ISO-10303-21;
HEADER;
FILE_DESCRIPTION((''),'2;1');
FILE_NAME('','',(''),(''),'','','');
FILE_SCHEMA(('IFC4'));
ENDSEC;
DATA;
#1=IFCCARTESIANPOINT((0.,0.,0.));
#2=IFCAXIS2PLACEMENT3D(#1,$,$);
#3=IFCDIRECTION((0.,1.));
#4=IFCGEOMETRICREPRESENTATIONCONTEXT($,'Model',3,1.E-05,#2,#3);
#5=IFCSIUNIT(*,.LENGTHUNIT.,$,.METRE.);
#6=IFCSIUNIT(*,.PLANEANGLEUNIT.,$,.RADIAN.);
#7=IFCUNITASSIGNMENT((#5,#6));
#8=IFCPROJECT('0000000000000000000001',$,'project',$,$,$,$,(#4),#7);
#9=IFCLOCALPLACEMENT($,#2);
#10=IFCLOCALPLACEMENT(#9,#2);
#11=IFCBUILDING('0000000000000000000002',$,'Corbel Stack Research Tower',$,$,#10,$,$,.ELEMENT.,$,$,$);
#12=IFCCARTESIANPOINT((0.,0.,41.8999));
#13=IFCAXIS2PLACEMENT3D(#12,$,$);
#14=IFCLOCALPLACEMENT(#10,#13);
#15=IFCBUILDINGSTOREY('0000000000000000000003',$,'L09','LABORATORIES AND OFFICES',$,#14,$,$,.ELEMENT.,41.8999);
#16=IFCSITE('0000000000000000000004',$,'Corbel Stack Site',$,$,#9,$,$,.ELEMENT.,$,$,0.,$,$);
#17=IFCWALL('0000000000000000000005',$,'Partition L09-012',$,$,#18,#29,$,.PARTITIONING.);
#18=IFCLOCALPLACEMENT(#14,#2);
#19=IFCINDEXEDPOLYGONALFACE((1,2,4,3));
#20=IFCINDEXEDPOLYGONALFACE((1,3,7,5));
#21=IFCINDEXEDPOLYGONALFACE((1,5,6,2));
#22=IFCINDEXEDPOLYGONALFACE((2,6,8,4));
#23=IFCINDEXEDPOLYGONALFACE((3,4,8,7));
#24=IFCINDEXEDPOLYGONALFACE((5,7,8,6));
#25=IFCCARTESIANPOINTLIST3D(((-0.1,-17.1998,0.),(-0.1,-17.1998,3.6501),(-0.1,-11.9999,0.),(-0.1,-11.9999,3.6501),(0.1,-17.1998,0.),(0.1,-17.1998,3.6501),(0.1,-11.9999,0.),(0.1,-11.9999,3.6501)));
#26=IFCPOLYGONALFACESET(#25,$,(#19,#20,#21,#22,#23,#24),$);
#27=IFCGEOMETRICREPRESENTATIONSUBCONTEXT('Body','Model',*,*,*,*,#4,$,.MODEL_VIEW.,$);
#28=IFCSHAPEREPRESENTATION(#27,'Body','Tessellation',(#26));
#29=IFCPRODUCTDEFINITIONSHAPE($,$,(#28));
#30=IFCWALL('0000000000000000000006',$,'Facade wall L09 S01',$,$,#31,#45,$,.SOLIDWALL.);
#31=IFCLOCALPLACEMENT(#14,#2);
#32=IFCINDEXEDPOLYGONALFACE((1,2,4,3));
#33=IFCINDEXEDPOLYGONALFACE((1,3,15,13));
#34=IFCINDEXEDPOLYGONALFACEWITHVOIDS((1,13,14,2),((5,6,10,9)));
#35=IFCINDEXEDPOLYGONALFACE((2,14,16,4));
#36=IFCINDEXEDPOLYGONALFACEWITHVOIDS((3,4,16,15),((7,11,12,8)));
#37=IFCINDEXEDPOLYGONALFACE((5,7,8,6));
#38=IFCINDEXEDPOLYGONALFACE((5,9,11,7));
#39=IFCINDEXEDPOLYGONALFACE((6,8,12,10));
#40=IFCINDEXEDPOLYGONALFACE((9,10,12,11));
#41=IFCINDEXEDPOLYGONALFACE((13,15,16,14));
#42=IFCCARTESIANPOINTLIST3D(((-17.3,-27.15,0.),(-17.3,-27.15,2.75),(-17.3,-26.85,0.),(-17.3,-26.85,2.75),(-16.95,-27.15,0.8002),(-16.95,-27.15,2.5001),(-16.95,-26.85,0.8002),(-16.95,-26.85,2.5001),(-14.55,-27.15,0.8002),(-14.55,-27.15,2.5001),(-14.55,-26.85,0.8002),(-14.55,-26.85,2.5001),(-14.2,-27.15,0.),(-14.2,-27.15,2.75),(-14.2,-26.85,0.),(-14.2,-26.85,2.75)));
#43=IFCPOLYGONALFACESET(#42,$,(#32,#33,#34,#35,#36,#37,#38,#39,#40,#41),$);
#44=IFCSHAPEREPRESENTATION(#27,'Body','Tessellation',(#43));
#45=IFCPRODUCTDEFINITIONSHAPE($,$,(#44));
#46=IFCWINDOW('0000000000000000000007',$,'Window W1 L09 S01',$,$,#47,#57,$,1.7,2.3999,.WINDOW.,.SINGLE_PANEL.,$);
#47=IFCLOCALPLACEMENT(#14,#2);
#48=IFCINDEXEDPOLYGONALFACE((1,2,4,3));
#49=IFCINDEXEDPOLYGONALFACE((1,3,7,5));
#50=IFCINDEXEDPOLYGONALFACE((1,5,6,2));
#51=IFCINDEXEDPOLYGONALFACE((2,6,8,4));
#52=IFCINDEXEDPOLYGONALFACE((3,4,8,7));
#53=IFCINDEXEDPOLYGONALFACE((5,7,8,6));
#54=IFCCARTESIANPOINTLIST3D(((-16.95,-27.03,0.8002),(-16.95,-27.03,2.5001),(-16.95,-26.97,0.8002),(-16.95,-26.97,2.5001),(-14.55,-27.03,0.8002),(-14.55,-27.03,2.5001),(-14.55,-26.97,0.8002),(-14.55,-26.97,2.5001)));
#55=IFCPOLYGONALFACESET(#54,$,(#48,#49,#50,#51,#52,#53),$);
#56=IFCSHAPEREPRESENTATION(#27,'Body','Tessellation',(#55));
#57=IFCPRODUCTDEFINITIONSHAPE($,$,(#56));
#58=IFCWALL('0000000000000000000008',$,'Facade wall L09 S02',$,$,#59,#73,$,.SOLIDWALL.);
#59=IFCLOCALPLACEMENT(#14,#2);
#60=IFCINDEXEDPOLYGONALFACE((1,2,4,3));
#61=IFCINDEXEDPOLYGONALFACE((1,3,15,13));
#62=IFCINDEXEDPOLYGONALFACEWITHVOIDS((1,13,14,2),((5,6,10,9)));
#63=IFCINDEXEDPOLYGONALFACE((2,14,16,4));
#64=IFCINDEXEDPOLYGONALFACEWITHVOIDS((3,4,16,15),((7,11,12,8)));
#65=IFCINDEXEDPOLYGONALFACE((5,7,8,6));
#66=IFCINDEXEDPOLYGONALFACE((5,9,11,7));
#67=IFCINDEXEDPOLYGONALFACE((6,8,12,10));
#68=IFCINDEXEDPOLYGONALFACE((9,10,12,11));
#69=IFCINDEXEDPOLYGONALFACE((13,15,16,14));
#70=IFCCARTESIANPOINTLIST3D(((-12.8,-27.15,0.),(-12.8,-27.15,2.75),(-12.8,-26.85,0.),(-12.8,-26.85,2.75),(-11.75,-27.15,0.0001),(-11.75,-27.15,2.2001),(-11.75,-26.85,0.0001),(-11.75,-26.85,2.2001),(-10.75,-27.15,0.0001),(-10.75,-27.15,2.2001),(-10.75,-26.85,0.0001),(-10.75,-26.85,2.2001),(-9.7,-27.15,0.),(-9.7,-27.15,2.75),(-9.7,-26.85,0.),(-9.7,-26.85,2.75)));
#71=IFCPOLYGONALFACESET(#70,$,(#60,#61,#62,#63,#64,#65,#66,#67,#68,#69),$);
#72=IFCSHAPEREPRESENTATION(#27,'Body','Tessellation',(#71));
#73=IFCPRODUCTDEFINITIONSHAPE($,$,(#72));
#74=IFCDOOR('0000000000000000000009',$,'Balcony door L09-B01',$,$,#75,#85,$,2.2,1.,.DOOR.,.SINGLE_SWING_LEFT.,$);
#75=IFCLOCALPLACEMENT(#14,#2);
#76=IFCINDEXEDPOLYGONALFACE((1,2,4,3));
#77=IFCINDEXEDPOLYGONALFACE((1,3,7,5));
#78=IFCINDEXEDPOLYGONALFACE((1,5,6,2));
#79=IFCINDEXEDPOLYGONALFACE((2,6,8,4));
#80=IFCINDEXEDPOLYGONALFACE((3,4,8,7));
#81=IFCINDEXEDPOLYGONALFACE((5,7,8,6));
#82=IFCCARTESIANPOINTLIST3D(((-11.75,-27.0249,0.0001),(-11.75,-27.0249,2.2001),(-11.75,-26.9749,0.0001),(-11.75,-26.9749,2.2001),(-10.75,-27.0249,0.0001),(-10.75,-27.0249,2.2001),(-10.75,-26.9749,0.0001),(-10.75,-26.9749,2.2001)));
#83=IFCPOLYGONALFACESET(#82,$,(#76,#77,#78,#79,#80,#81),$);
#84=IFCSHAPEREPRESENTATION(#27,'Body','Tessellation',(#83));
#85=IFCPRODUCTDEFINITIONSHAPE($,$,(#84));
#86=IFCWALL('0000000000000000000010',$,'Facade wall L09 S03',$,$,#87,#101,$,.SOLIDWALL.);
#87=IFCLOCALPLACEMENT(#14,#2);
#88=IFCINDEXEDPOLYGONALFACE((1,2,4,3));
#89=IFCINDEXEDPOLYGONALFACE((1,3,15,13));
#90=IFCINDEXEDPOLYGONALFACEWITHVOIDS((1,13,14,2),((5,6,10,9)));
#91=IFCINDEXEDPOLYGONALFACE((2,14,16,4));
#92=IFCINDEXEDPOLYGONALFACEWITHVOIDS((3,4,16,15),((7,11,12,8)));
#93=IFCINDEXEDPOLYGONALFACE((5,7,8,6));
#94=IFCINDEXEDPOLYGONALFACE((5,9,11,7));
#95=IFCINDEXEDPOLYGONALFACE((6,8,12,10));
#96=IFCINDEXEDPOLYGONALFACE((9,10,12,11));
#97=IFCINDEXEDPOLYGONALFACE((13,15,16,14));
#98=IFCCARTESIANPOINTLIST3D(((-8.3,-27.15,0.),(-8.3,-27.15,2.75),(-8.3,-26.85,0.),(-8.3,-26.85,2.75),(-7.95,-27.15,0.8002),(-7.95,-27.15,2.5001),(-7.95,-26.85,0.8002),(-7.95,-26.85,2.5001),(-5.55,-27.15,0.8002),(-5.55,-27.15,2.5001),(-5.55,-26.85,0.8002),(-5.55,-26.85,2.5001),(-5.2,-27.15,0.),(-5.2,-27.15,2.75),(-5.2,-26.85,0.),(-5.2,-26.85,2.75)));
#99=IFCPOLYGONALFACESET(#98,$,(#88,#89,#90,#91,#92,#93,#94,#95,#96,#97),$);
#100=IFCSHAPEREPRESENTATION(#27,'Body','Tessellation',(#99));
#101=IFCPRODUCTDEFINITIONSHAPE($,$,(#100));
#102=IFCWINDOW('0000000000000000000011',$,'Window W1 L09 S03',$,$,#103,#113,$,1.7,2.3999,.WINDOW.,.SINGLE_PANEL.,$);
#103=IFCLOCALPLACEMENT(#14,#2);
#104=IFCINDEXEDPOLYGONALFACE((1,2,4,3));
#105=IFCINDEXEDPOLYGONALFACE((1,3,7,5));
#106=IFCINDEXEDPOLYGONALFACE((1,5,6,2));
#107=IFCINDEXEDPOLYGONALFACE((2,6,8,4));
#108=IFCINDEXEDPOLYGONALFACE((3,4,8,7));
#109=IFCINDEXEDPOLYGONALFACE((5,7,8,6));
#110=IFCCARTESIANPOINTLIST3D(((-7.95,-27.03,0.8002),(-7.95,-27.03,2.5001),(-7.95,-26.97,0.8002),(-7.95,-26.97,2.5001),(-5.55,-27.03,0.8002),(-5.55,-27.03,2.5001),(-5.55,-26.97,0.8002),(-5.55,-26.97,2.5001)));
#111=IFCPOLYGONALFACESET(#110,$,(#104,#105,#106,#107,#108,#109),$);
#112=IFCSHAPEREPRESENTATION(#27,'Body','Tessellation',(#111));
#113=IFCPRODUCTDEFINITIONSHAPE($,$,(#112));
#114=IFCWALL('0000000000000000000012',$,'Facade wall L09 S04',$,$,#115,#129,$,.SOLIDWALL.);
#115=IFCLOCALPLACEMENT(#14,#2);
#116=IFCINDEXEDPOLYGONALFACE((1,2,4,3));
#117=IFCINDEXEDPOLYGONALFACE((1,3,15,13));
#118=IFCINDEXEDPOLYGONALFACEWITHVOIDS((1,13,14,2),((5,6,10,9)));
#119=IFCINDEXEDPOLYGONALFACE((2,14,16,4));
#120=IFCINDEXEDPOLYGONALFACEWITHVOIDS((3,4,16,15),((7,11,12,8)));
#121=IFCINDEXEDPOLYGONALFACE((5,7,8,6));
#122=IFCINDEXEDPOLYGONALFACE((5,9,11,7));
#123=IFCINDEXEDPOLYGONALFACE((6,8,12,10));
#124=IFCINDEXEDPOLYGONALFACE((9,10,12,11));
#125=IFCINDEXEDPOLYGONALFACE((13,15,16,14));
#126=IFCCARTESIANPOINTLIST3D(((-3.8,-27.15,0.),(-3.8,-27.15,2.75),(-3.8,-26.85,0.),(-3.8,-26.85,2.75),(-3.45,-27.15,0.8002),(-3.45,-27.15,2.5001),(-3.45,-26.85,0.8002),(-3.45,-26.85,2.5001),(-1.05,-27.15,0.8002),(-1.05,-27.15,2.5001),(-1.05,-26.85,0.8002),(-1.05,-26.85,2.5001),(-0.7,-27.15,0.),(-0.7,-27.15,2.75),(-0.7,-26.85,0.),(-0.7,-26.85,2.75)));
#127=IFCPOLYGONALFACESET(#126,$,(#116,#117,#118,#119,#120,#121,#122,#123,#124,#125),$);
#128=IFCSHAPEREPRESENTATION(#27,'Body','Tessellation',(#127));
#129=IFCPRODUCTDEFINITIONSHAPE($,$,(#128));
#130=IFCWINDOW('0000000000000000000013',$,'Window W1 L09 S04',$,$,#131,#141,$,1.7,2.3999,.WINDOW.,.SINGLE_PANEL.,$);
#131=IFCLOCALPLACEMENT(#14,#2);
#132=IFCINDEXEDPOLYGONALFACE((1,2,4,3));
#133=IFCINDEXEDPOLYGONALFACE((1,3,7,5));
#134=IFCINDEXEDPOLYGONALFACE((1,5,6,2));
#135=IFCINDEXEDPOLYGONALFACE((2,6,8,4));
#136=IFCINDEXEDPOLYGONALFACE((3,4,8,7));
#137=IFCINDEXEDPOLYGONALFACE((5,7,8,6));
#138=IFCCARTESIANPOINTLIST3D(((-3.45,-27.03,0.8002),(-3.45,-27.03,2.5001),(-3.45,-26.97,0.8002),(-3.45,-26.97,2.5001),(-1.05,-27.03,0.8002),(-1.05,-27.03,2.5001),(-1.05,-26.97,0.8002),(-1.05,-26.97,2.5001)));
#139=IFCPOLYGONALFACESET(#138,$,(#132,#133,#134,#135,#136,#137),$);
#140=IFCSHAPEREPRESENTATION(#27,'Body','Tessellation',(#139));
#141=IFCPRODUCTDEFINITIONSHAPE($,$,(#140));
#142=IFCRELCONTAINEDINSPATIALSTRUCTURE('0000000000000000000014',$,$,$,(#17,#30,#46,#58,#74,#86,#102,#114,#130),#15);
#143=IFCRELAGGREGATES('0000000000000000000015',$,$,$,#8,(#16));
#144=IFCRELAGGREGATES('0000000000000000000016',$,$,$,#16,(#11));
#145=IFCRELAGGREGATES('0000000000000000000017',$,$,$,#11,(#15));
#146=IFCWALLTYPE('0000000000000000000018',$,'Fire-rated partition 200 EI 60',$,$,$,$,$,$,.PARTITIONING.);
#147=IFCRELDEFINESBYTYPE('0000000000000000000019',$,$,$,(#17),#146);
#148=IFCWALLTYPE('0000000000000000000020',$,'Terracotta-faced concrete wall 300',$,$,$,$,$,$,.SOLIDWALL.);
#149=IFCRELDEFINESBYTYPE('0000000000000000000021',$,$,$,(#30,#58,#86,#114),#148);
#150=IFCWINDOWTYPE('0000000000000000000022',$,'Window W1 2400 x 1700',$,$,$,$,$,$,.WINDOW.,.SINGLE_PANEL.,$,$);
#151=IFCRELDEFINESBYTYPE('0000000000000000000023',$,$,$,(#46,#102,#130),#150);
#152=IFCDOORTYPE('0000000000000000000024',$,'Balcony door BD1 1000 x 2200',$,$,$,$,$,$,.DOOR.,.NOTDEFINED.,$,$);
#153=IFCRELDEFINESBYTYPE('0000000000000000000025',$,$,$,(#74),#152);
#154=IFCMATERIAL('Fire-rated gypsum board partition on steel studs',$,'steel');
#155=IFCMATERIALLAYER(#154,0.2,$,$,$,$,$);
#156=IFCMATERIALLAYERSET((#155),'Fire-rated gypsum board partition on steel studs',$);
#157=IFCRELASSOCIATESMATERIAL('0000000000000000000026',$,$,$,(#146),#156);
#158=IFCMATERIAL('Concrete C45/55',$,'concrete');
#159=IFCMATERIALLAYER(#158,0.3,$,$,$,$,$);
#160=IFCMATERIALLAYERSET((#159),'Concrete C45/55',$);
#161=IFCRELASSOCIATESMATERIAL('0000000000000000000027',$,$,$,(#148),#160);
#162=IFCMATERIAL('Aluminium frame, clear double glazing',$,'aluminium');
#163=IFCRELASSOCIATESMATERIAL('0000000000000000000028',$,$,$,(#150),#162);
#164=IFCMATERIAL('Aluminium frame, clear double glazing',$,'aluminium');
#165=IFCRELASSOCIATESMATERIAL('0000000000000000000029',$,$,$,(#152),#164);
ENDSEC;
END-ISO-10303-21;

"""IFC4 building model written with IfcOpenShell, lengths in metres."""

from ifc_helpers import new_model, si_unit, direction, frame, frame_2d, origin, place, context, subcontext, project, spatial, rectangle, extrude, material, layer, layer_set, type_object, element, fill, save


model = new_model("IFC4")

# Units and contexts
model_context = context("Model", 3, precision=1e-05, world=origin(), true_north=direction((0.0, 1.0)))
body_context = subcontext(model_context, "Body", "Model", "MODEL_VIEW")
ifc_project = project(units=[si_unit("LENGTHUNIT", "METRE"), si_unit("PLANEANGLEUNIT", "RADIAN")], contexts=[model_context])

# Site, building, storey
site_placement = place(None, origin())
site = spatial("IfcSite", under=ifc_project, at=site_placement, Name="Corbel Stack Site", CompositionType="ELEMENT", RefElevation=0.0)
building_placement = place(site_placement, origin())
building = spatial("IfcBuilding", under=site, at=building_placement, Name="Corbel Stack Research Tower", CompositionType="ELEMENT")
storey_placement = place(building_placement, frame((0.0, 0.0, 41.8999)))
storey = spatial("IfcBuildingStorey", under=building, at=storey_placement, Name="L09", Description="LABORATORIES AND OFFICES", CompositionType="ELEMENT", Elevation=41.8999)

# Wall
ifc_material_1 = material(Name="Fire-rated gypsum board partition on steel studs", Category="steel")
ifc_layer_1 = layer(ifc_material_1, 0.2)
ifc_layer_set_1 = layer_set([ifc_layer_1], Name="Fire-rated gypsum board partition on steel studs")
wall_type_1 = type_object("IfcWallType", Name="Fire-rated partition 200 EI 60", PredefinedType="PARTITIONING", material=ifc_layer_set_1)
wall_1_placement = place(storey_placement, frame((0.0, -17.2, 0.0), z_axis=(0.0, 0.0, 1.0), x_axis=(0.0, 1.0, 0.0)))
element("IfcWall", 1, at=wall_1_placement, inside=storey, type_object=wall_type_1, Name="Partition L09-012", PredefinedType="PARTITIONING", context=body_context, shape_type="SweptSolid", body=[
    extrude(rectangle(XDim=5.2, YDim=0.2, at=frame_2d((2.6001, 0.0))), origin(), (0.0, 0.0, 1.0), 3.6501),
])

# Wall, opening, window
ifc_material_2 = material(Name="Concrete C45/55", Category="concrete")
ifc_layer_2 = layer(ifc_material_2, 0.3)
ifc_layer_set_2 = layer_set([ifc_layer_2], Name="Concrete C45/55")
wall_type_2 = type_object("IfcWallType", Name="Terracotta-faced concrete wall 300", PredefinedType="SOLIDWALL", material=ifc_layer_set_2)
wall_2_placement = place(storey_placement, frame((-14.2, -27.0, 0.0), z_axis=(0.0, 0.0, 1.0), x_axis=(-1.0, 0.0, 0.0)))
wall_2 = element("IfcWall", 2, at=wall_2_placement, inside=storey, type_object=wall_type_2, Name="Facade wall L09 S01", PredefinedType="SOLIDWALL", context=body_context, shape_type="SweptSolid", body=[
    extrude(rectangle(XDim=3.1001, YDim=0.3, at=frame_2d((1.55, 0.0))), origin(), (0.0, 0.0, 1.0), 2.75),
])
opening_1_placement = place(wall_2_placement, frame((0.3501, 0.0, 0.8)))
opening_1 = element("IfcOpeningElement", 3, at=opening_1_placement, cuts=wall_2, PredefinedType="OPENING", context=body_context, shape_type="SweptSolid", body=[
    extrude(rectangle(XDim=2.3999, YDim=1.7, at=frame_2d((1.2, 0.8501))), frame((0.0, 0.1599, 0.0), z_axis=(0.0, -1.0, 0.0), x_axis=(1.0, 0.0, 0.0)), (0.0, 0.0, 1.0), 0.3201),
])
ifc_material_3 = material(Name="Aluminium frame, clear double glazing", Category="aluminium")
window_type = type_object("IfcWindowType", Name="Window W1 2400 x 1700", PartitioningType="SINGLE_PANEL", PredefinedType="WINDOW", material=ifc_material_3)
window_1_placement = place(opening_1_placement, origin())
window_1 = element("IfcWindow", 4, at=window_1_placement, inside=storey, type_object=window_type, Name="Window W1 L09 S01", OverallHeight=1.7, OverallWidth=2.3999, PartitioningType="SINGLE_PANEL", PredefinedType="WINDOW", context=body_context, shape_type="SweptSolid", body=[
    extrude(rectangle(XDim=2.3999, YDim=1.7, at=frame_2d((1.2, 0.8501))), frame((0.0, 0.03, 0.0), z_axis=(0.0, -1.0, 0.0), x_axis=(1.0, 0.0, 0.0)), (0.0, 0.0, 1.0), 0.0601),
])
fill(opening_1, window_1)

# Wall, opening, door
wall_3_placement = place(storey_placement, frame((-9.7, -27.0, 0.0), z_axis=(0.0, 0.0, 1.0), x_axis=(-1.0, 0.0, 0.0)))
wall_3 = element("IfcWall", 5, at=wall_3_placement, inside=storey, type_object=wall_type_2, Name="Facade wall L09 S02", PredefinedType="SOLIDWALL", context=body_context, shape_type="SweptSolid", body=[
    extrude(rectangle(XDim=3.1001, YDim=0.3, at=frame_2d((1.55, 0.0))), origin(), (0.0, 0.0, 1.0), 2.75),
])
opening_2_placement = place(wall_3_placement, frame((1.05, 0.0, 0.0)))
opening_2 = element("IfcOpeningElement", 6, at=opening_2_placement, cuts=wall_3, PredefinedType="OPENING", context=body_context, shape_type="SweptSolid", body=[
    extrude(rectangle(XDim=1.0, YDim=2.2, at=frame_2d((0.5, 1.1001))), frame((0.0, 0.1599, 0.0), z_axis=(0.0, -1.0, 0.0), x_axis=(1.0, 0.0, 0.0)), (0.0, 0.0, 1.0), 0.3201),
])
ifc_material_4 = material(Name="Aluminium frame, clear double glazing", Category="aluminium")
door_type = type_object("IfcDoorType", Name="Balcony door BD1 1000 x 2200", OperationType="NOTDEFINED", PredefinedType="DOOR", material=ifc_material_4)
door_placement = place(opening_2_placement, origin())
door = element("IfcDoor", 7, at=door_placement, inside=storey, type_object=door_type, Name="Balcony door L09-B01", OperationType="SINGLE_SWING_LEFT", OverallHeight=2.2, OverallWidth=1.0, PredefinedType="DOOR", context=body_context, shape_type="SweptSolid", body=[
    extrude(rectangle(XDim=1.0, YDim=2.2, at=frame_2d((0.5, 1.1001))), frame((0.0, 0.0249, 0.0), z_axis=(0.0, -1.0, 0.0), x_axis=(1.0, 0.0, 0.0)), (0.0, 0.0, 1.0), 0.05),
])
fill(opening_2, door)

# Walls, openings, windows
wall_4_placement = place(storey_placement, frame((-5.2, -27.0, 0.0), z_axis=(0.0, 0.0, 1.0), x_axis=(-1.0, 0.0, 0.0)))
wall_4 = element("IfcWall", 8, at=wall_4_placement, inside=storey, type_object=wall_type_2, Name="Facade wall L09 S03", PredefinedType="SOLIDWALL", context=body_context, shape_type="SweptSolid", body=[
    extrude(rectangle(XDim=3.1001, YDim=0.3, at=frame_2d((1.55, 0.0))), origin(), (0.0, 0.0, 1.0), 2.75),
])
opening_3_placement = place(wall_4_placement, frame((0.3501, 0.0, 0.8)))
opening_3 = element("IfcOpeningElement", 9, at=opening_3_placement, cuts=wall_4, PredefinedType="OPENING", context=body_context, shape_type="SweptSolid", body=[
    extrude(rectangle(XDim=2.3999, YDim=1.7, at=frame_2d((1.2, 0.8501))), frame((0.0, 0.1599, 0.0), z_axis=(0.0, -1.0, 0.0), x_axis=(1.0, 0.0, 0.0)), (0.0, 0.0, 1.0), 0.3201),
])
window_2_placement = place(opening_3_placement, origin())
window_2 = element("IfcWindow", 10, at=window_2_placement, inside=storey, type_object=window_type, Name="Window W1 L09 S03", OverallHeight=1.7, OverallWidth=2.3999, PartitioningType="SINGLE_PANEL", PredefinedType="WINDOW", context=body_context, shape_type="SweptSolid", body=[
    extrude(rectangle(XDim=2.3999, YDim=1.7, at=frame_2d((1.2, 0.8501))), frame((0.0, 0.03, 0.0), z_axis=(0.0, -1.0, 0.0), x_axis=(1.0, 0.0, 0.0)), (0.0, 0.0, 1.0), 0.0601),
])
fill(opening_3, window_2)
wall_5_placement = place(storey_placement, frame((-0.7, -27.0, 0.0), z_axis=(0.0, 0.0, 1.0), x_axis=(-1.0, 0.0, 0.0)))
wall_5 = element("IfcWall", 11, at=wall_5_placement, inside=storey, type_object=wall_type_2, Name="Facade wall L09 S04", PredefinedType="SOLIDWALL", context=body_context, shape_type="SweptSolid", body=[
    extrude(rectangle(XDim=3.1001, YDim=0.3, at=frame_2d((1.55, 0.0))), origin(), (0.0, 0.0, 1.0), 2.75),
])
opening_4_placement = place(wall_5_placement, frame((0.3501, 0.0, 0.8)))
opening_4 = element("IfcOpeningElement", 12, at=opening_4_placement, cuts=wall_5, PredefinedType="OPENING", context=body_context, shape_type="SweptSolid", body=[
    extrude(rectangle(XDim=2.3999, YDim=1.7, at=frame_2d((1.2, 0.8501))), frame((0.0, 0.1599, 0.0), z_axis=(0.0, -1.0, 0.0), x_axis=(1.0, 0.0, 0.0)), (0.0, 0.0, 1.0), 0.3201),
])
window_3_placement = place(opening_4_placement, origin())
window_3 = element("IfcWindow", 13, at=window_3_placement, inside=storey, type_object=window_type, Name="Window W1 L09 S04", OverallHeight=1.7, OverallWidth=2.3999, PartitioningType="SINGLE_PANEL", PredefinedType="WINDOW", context=body_context, shape_type="SweptSolid", body=[
    extrude(rectangle(XDim=2.3999, YDim=1.7, at=frame_2d((1.2, 0.8501))), frame((0.0, 0.03, 0.0), z_axis=(0.0, -1.0, 0.0), x_axis=(1.0, 0.0, 0.0)), (0.0, 0.0, 1.0), 0.0601),
])
fill(opening_4, window_3)

save(model, "model.ifc")
